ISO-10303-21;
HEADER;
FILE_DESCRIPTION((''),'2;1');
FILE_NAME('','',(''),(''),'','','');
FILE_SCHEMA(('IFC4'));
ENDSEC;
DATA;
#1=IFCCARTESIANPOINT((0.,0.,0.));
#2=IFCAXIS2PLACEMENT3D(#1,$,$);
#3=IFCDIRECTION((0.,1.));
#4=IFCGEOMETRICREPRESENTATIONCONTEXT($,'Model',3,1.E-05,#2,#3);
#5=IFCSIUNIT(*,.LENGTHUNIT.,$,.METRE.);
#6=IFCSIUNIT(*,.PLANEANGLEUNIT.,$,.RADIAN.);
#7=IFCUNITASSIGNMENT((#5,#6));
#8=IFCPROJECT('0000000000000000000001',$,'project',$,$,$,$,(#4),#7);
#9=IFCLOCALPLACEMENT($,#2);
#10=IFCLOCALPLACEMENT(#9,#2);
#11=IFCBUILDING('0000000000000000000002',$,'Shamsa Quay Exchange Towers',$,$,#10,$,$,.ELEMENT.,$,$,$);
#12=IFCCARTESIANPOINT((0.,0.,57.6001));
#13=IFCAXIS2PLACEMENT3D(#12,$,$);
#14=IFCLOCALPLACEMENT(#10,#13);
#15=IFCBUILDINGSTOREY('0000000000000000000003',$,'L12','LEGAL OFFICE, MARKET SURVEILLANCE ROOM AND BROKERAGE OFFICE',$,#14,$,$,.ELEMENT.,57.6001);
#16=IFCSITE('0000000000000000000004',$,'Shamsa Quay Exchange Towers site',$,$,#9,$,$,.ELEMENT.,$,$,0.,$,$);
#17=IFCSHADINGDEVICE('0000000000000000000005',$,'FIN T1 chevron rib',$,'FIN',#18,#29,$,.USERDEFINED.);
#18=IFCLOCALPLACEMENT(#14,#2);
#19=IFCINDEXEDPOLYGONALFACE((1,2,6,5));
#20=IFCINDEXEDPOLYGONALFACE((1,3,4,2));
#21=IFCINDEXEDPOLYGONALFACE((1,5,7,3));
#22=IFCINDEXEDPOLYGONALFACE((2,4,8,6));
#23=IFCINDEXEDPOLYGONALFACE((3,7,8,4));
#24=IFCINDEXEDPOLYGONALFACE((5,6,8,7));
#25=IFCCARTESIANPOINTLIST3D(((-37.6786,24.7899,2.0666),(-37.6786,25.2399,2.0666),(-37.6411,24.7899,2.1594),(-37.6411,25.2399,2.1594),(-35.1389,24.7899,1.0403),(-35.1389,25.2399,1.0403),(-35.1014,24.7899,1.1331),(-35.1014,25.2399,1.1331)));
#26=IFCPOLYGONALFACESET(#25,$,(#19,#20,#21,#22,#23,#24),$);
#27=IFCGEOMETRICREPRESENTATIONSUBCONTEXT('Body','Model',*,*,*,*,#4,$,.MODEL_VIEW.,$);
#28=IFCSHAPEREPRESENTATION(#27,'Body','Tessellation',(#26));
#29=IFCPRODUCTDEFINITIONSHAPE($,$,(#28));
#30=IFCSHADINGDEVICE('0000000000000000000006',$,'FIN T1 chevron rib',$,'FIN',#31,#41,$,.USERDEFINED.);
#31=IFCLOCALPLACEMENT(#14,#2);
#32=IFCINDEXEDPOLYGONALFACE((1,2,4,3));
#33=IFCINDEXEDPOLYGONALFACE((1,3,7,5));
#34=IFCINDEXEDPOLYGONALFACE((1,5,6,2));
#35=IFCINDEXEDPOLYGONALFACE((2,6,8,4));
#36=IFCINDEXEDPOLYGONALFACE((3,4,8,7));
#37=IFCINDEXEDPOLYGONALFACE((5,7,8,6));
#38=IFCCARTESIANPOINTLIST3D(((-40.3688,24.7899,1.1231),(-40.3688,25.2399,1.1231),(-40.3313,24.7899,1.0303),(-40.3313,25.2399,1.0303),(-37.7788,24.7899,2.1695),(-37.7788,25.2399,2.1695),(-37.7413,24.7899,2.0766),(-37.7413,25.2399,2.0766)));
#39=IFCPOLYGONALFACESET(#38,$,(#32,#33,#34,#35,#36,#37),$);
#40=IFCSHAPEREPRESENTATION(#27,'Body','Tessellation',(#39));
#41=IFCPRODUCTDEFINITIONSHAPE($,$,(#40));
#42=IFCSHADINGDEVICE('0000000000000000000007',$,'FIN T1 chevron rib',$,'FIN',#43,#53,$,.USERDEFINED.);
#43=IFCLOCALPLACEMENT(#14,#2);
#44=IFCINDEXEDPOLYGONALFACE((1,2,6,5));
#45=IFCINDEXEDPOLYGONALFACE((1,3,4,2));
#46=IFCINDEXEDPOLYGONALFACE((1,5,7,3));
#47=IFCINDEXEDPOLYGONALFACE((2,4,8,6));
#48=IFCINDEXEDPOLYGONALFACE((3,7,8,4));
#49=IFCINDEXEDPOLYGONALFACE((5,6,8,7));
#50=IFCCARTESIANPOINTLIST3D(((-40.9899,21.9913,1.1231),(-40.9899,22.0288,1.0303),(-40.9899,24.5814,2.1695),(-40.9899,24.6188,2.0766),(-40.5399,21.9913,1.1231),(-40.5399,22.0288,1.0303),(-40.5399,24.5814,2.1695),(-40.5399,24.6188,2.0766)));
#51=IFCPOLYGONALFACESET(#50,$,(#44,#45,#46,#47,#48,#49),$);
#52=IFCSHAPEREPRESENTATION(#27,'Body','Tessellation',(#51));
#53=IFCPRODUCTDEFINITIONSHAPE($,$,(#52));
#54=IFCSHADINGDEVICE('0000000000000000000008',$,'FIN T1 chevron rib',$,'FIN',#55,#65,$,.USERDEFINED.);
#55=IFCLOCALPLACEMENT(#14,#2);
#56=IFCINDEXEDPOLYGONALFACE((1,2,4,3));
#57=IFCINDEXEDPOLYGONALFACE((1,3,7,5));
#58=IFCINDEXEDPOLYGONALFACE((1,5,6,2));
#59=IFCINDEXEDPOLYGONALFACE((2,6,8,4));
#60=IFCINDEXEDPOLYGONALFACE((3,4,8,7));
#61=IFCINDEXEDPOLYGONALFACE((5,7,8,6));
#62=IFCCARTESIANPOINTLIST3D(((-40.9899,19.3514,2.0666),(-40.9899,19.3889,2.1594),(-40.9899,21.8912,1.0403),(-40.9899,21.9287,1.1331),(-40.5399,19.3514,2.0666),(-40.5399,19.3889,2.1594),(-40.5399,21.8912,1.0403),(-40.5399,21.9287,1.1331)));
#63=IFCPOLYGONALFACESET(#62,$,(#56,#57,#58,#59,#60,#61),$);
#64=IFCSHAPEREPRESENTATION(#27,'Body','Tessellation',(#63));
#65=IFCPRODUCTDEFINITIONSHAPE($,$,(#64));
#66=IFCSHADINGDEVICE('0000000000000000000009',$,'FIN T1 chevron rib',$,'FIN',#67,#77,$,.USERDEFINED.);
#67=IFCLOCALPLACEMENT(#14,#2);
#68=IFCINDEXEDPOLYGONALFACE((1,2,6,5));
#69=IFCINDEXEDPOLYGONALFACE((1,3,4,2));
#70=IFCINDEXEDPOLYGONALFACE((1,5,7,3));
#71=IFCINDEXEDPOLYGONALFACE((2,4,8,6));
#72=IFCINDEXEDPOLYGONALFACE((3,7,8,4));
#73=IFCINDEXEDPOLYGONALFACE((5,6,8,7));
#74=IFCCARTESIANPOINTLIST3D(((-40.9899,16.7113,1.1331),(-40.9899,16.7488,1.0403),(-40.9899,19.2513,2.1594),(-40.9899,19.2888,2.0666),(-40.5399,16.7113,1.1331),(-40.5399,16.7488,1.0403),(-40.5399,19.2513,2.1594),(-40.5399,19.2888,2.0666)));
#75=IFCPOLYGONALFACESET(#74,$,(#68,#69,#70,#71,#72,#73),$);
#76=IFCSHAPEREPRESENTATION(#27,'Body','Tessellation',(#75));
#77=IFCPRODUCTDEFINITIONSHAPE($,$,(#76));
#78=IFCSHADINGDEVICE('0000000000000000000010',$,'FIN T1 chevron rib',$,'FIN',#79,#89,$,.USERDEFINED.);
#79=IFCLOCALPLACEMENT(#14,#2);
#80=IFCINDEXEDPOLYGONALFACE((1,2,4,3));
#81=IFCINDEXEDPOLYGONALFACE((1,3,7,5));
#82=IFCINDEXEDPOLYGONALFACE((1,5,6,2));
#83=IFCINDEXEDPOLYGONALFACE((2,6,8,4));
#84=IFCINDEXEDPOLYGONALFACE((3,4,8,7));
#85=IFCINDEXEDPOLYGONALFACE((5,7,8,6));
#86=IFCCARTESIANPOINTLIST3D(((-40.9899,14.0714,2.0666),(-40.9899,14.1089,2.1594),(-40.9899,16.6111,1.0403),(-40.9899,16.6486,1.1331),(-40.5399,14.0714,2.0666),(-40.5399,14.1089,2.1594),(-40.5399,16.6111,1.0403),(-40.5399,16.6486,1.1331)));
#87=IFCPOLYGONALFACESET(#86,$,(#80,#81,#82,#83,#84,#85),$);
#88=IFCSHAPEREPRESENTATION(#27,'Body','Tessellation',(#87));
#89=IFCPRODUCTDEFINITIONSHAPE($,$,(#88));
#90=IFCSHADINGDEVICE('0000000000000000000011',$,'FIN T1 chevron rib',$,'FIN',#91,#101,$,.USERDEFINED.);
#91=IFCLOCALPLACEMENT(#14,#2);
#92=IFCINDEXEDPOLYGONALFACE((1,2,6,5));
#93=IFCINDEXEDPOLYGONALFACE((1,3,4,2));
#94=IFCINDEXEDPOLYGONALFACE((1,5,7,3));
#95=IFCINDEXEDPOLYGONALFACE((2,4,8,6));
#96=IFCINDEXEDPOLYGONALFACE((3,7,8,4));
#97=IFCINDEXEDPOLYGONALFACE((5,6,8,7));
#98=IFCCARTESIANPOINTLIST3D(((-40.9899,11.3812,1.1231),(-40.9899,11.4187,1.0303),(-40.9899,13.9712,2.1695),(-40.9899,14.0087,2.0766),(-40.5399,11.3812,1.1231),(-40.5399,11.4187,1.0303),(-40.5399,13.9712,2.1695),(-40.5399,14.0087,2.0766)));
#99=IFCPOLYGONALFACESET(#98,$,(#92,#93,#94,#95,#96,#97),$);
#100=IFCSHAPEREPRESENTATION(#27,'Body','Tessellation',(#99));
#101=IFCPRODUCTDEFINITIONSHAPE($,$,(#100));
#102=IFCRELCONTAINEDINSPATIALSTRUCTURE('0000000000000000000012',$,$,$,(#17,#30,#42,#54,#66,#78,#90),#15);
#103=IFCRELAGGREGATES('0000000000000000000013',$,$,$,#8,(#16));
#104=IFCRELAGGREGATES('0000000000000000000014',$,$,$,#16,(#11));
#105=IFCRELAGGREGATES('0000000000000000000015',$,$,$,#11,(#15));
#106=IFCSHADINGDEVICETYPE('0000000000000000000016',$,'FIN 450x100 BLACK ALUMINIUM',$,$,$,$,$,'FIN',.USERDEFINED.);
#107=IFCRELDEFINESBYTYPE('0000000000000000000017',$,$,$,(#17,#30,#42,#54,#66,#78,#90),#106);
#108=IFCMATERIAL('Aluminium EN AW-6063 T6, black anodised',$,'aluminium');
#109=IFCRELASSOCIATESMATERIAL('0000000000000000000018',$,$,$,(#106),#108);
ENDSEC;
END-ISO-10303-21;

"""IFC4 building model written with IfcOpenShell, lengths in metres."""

from ifc_helpers import new_model, si_unit, direction, frame, origin, origin_2d, place, context, subcontext, project, spatial, rectangle, extrude, material, material_profile, profile_set, type_object, element, save


model = new_model("IFC4")

# Units and contexts
model_context = context("Model", 3, precision=1e-05, world=origin(), true_north=direction((0.0, 1.0)))
body_context = subcontext(model_context, "Body", "Model", "MODEL_VIEW")
ifc_project = project(units=[si_unit("LENGTHUNIT", "METRE"), si_unit("PLANEANGLEUNIT", "RADIAN")], contexts=[model_context])

# Site, building, storey
site_placement = place(None, origin())
site = spatial("IfcSite", under=ifc_project, at=site_placement, Name="Shamsa Quay Exchange Towers site", CompositionType="ELEMENT", RefElevation=0.0)
building_placement = place(site_placement, origin())
building = spatial("IfcBuilding", under=site, at=building_placement, Name="Shamsa Quay Exchange Towers", CompositionType="ELEMENT")
storey_placement = place(building_placement, frame((0.0, 0.0, 57.6001)))
storey = spatial("IfcBuildingStorey", under=building, at=storey_placement, Name="L12", Description="LEGAL OFFICE, MARKET SURVEILLANCE ROOM AND BROKERAGE OFFICE", CompositionType="ELEMENT", Elevation=57.6001)

# Shared definitions
ifc_material_1 = material(Name="Aluminium EN AW-6063 T6, black anodised", Category="aluminium")

# Shading devices
ifc_material_profile_1 = material_profile(ifc_material_1, rectangle(XDim=0.45, YDim=0.1001, at=origin_2d()), Name="FIN450x100")
ifc_profile_set_1 = profile_set([ifc_material_profile_1], Name="Aluminium EN AW-6063 T6, black anodised")
shading_device_type = type_object("IfcShadingDeviceType", Name="FIN 450x100 BLACK ALUMINIUM", ElementType="FIN", PredefinedType="USERDEFINED", material=ifc_profile_set_1)
shading_device_1_placement = place(storey_placement, frame((-35.1201, 25.0149, 1.0867), z_axis=(-0.927156, 0.0, 0.374677), x_axis=(0.0, -1.0, 0.0)))
element("IfcShadingDevice", 1, at=shading_device_1_placement, inside=storey, type_object=shading_device_type, Name="FIN T1 chevron rib", ObjectType="FIN", PredefinedType="USERDEFINED", context=body_context, shape_type="SweptSolid", body=[
    extrude(rectangle(XDim=0.45, YDim=0.1001, at=origin_2d()), origin(), (0.0, 0.0, 1.0), 2.7393),
])
for number, where, z_axis, x_axis, name in (
    (2, (-37.76, 25.0149, 2.123), (-0.927193, 0.0, -0.374583), (0.0, -1.0, 0.0), "FIN T1 chevron rib"),
    (3, (-40.7649, 24.6001, 2.123), (0.0, -0.927193, -0.374583), (1.0, 0.0, 0.0), "FIN T1 chevron rib"),
):
    element("IfcShadingDevice", number, at=place(storey_placement, frame(where, z_axis=z_axis, x_axis=x_axis)), inside=storey, type_object=shading_device_type, Name=name, ObjectType="FIN", PredefinedType="USERDEFINED", context=body_context, shape_type="SweptSolid", body=[
        extrude(rectangle(XDim=0.45, YDim=0.1001, at=origin_2d()), origin(), (0.0, 0.0, 1.0), 2.7935),
    ])
shading_device_2_placement = place(storey_placement, frame((-40.7649, 21.9099, 1.0867), z_axis=(0.0, -0.927156, 0.374677), x_axis=(1.0, 0.0, 0.0)))
element("IfcShadingDevice", 4, at=shading_device_2_placement, inside=storey, type_object=shading_device_type, Name="FIN T1 chevron rib", ObjectType="FIN", PredefinedType="USERDEFINED", context=body_context, shape_type="SweptSolid", body=[
    extrude(rectangle(XDim=0.45, YDim=0.1001, at=origin_2d()), origin(), (0.0, 0.0, 1.0), 2.7393),
])
shading_device_3_placement = place(storey_placement, frame((-40.7649, 19.27, 2.113), z_axis=(0.0, -0.927168, -0.374646), x_axis=(1.0, 0.0, 0.0)))
element("IfcShadingDevice", 5, at=shading_device_3_placement, inside=storey, type_object=shading_device_type, Name="FIN T1 chevron rib", ObjectType="FIN", PredefinedType="USERDEFINED", context=body_context, shape_type="SweptSolid", body=[
    extrude(rectangle(XDim=0.45, YDim=0.1001, at=origin_2d()), origin(), (0.0, 0.0, 1.0), 2.7395),
])
shading_device_4_placement = place(storey_placement, frame((-40.7649, 16.6299, 1.0867), z_axis=(0.0, -0.927156, 0.374677), x_axis=(1.0, 0.0, 0.0)))
element("IfcShadingDevice", 6, at=shading_device_4_placement, inside=storey, type_object=shading_device_type, Name="FIN T1 chevron rib", ObjectType="FIN", PredefinedType="USERDEFINED", context=body_context, shape_type="SweptSolid", body=[
    extrude(rectangle(XDim=0.45, YDim=0.1001, at=origin_2d()), origin(), (0.0, 0.0, 1.0), 2.7393),
])
shading_device_5_placement = place(storey_placement, frame((-40.7649, 13.99, 2.123), z_axis=(0.0, -0.927193, -0.374583), x_axis=(1.0, 0.0, 0.0)))
element("IfcShadingDevice", 7, at=shading_device_5_placement, inside=storey, type_object=shading_device_type, Name="FIN T1 chevron rib", ObjectType="FIN", PredefinedType="USERDEFINED", context=body_context, shape_type="SweptSolid", body=[
    extrude(rectangle(XDim=0.45, YDim=0.1001, at=origin_2d()), origin(), (0.0, 0.0, 1.0), 2.7935),
])

save(model, "model.ifc")
